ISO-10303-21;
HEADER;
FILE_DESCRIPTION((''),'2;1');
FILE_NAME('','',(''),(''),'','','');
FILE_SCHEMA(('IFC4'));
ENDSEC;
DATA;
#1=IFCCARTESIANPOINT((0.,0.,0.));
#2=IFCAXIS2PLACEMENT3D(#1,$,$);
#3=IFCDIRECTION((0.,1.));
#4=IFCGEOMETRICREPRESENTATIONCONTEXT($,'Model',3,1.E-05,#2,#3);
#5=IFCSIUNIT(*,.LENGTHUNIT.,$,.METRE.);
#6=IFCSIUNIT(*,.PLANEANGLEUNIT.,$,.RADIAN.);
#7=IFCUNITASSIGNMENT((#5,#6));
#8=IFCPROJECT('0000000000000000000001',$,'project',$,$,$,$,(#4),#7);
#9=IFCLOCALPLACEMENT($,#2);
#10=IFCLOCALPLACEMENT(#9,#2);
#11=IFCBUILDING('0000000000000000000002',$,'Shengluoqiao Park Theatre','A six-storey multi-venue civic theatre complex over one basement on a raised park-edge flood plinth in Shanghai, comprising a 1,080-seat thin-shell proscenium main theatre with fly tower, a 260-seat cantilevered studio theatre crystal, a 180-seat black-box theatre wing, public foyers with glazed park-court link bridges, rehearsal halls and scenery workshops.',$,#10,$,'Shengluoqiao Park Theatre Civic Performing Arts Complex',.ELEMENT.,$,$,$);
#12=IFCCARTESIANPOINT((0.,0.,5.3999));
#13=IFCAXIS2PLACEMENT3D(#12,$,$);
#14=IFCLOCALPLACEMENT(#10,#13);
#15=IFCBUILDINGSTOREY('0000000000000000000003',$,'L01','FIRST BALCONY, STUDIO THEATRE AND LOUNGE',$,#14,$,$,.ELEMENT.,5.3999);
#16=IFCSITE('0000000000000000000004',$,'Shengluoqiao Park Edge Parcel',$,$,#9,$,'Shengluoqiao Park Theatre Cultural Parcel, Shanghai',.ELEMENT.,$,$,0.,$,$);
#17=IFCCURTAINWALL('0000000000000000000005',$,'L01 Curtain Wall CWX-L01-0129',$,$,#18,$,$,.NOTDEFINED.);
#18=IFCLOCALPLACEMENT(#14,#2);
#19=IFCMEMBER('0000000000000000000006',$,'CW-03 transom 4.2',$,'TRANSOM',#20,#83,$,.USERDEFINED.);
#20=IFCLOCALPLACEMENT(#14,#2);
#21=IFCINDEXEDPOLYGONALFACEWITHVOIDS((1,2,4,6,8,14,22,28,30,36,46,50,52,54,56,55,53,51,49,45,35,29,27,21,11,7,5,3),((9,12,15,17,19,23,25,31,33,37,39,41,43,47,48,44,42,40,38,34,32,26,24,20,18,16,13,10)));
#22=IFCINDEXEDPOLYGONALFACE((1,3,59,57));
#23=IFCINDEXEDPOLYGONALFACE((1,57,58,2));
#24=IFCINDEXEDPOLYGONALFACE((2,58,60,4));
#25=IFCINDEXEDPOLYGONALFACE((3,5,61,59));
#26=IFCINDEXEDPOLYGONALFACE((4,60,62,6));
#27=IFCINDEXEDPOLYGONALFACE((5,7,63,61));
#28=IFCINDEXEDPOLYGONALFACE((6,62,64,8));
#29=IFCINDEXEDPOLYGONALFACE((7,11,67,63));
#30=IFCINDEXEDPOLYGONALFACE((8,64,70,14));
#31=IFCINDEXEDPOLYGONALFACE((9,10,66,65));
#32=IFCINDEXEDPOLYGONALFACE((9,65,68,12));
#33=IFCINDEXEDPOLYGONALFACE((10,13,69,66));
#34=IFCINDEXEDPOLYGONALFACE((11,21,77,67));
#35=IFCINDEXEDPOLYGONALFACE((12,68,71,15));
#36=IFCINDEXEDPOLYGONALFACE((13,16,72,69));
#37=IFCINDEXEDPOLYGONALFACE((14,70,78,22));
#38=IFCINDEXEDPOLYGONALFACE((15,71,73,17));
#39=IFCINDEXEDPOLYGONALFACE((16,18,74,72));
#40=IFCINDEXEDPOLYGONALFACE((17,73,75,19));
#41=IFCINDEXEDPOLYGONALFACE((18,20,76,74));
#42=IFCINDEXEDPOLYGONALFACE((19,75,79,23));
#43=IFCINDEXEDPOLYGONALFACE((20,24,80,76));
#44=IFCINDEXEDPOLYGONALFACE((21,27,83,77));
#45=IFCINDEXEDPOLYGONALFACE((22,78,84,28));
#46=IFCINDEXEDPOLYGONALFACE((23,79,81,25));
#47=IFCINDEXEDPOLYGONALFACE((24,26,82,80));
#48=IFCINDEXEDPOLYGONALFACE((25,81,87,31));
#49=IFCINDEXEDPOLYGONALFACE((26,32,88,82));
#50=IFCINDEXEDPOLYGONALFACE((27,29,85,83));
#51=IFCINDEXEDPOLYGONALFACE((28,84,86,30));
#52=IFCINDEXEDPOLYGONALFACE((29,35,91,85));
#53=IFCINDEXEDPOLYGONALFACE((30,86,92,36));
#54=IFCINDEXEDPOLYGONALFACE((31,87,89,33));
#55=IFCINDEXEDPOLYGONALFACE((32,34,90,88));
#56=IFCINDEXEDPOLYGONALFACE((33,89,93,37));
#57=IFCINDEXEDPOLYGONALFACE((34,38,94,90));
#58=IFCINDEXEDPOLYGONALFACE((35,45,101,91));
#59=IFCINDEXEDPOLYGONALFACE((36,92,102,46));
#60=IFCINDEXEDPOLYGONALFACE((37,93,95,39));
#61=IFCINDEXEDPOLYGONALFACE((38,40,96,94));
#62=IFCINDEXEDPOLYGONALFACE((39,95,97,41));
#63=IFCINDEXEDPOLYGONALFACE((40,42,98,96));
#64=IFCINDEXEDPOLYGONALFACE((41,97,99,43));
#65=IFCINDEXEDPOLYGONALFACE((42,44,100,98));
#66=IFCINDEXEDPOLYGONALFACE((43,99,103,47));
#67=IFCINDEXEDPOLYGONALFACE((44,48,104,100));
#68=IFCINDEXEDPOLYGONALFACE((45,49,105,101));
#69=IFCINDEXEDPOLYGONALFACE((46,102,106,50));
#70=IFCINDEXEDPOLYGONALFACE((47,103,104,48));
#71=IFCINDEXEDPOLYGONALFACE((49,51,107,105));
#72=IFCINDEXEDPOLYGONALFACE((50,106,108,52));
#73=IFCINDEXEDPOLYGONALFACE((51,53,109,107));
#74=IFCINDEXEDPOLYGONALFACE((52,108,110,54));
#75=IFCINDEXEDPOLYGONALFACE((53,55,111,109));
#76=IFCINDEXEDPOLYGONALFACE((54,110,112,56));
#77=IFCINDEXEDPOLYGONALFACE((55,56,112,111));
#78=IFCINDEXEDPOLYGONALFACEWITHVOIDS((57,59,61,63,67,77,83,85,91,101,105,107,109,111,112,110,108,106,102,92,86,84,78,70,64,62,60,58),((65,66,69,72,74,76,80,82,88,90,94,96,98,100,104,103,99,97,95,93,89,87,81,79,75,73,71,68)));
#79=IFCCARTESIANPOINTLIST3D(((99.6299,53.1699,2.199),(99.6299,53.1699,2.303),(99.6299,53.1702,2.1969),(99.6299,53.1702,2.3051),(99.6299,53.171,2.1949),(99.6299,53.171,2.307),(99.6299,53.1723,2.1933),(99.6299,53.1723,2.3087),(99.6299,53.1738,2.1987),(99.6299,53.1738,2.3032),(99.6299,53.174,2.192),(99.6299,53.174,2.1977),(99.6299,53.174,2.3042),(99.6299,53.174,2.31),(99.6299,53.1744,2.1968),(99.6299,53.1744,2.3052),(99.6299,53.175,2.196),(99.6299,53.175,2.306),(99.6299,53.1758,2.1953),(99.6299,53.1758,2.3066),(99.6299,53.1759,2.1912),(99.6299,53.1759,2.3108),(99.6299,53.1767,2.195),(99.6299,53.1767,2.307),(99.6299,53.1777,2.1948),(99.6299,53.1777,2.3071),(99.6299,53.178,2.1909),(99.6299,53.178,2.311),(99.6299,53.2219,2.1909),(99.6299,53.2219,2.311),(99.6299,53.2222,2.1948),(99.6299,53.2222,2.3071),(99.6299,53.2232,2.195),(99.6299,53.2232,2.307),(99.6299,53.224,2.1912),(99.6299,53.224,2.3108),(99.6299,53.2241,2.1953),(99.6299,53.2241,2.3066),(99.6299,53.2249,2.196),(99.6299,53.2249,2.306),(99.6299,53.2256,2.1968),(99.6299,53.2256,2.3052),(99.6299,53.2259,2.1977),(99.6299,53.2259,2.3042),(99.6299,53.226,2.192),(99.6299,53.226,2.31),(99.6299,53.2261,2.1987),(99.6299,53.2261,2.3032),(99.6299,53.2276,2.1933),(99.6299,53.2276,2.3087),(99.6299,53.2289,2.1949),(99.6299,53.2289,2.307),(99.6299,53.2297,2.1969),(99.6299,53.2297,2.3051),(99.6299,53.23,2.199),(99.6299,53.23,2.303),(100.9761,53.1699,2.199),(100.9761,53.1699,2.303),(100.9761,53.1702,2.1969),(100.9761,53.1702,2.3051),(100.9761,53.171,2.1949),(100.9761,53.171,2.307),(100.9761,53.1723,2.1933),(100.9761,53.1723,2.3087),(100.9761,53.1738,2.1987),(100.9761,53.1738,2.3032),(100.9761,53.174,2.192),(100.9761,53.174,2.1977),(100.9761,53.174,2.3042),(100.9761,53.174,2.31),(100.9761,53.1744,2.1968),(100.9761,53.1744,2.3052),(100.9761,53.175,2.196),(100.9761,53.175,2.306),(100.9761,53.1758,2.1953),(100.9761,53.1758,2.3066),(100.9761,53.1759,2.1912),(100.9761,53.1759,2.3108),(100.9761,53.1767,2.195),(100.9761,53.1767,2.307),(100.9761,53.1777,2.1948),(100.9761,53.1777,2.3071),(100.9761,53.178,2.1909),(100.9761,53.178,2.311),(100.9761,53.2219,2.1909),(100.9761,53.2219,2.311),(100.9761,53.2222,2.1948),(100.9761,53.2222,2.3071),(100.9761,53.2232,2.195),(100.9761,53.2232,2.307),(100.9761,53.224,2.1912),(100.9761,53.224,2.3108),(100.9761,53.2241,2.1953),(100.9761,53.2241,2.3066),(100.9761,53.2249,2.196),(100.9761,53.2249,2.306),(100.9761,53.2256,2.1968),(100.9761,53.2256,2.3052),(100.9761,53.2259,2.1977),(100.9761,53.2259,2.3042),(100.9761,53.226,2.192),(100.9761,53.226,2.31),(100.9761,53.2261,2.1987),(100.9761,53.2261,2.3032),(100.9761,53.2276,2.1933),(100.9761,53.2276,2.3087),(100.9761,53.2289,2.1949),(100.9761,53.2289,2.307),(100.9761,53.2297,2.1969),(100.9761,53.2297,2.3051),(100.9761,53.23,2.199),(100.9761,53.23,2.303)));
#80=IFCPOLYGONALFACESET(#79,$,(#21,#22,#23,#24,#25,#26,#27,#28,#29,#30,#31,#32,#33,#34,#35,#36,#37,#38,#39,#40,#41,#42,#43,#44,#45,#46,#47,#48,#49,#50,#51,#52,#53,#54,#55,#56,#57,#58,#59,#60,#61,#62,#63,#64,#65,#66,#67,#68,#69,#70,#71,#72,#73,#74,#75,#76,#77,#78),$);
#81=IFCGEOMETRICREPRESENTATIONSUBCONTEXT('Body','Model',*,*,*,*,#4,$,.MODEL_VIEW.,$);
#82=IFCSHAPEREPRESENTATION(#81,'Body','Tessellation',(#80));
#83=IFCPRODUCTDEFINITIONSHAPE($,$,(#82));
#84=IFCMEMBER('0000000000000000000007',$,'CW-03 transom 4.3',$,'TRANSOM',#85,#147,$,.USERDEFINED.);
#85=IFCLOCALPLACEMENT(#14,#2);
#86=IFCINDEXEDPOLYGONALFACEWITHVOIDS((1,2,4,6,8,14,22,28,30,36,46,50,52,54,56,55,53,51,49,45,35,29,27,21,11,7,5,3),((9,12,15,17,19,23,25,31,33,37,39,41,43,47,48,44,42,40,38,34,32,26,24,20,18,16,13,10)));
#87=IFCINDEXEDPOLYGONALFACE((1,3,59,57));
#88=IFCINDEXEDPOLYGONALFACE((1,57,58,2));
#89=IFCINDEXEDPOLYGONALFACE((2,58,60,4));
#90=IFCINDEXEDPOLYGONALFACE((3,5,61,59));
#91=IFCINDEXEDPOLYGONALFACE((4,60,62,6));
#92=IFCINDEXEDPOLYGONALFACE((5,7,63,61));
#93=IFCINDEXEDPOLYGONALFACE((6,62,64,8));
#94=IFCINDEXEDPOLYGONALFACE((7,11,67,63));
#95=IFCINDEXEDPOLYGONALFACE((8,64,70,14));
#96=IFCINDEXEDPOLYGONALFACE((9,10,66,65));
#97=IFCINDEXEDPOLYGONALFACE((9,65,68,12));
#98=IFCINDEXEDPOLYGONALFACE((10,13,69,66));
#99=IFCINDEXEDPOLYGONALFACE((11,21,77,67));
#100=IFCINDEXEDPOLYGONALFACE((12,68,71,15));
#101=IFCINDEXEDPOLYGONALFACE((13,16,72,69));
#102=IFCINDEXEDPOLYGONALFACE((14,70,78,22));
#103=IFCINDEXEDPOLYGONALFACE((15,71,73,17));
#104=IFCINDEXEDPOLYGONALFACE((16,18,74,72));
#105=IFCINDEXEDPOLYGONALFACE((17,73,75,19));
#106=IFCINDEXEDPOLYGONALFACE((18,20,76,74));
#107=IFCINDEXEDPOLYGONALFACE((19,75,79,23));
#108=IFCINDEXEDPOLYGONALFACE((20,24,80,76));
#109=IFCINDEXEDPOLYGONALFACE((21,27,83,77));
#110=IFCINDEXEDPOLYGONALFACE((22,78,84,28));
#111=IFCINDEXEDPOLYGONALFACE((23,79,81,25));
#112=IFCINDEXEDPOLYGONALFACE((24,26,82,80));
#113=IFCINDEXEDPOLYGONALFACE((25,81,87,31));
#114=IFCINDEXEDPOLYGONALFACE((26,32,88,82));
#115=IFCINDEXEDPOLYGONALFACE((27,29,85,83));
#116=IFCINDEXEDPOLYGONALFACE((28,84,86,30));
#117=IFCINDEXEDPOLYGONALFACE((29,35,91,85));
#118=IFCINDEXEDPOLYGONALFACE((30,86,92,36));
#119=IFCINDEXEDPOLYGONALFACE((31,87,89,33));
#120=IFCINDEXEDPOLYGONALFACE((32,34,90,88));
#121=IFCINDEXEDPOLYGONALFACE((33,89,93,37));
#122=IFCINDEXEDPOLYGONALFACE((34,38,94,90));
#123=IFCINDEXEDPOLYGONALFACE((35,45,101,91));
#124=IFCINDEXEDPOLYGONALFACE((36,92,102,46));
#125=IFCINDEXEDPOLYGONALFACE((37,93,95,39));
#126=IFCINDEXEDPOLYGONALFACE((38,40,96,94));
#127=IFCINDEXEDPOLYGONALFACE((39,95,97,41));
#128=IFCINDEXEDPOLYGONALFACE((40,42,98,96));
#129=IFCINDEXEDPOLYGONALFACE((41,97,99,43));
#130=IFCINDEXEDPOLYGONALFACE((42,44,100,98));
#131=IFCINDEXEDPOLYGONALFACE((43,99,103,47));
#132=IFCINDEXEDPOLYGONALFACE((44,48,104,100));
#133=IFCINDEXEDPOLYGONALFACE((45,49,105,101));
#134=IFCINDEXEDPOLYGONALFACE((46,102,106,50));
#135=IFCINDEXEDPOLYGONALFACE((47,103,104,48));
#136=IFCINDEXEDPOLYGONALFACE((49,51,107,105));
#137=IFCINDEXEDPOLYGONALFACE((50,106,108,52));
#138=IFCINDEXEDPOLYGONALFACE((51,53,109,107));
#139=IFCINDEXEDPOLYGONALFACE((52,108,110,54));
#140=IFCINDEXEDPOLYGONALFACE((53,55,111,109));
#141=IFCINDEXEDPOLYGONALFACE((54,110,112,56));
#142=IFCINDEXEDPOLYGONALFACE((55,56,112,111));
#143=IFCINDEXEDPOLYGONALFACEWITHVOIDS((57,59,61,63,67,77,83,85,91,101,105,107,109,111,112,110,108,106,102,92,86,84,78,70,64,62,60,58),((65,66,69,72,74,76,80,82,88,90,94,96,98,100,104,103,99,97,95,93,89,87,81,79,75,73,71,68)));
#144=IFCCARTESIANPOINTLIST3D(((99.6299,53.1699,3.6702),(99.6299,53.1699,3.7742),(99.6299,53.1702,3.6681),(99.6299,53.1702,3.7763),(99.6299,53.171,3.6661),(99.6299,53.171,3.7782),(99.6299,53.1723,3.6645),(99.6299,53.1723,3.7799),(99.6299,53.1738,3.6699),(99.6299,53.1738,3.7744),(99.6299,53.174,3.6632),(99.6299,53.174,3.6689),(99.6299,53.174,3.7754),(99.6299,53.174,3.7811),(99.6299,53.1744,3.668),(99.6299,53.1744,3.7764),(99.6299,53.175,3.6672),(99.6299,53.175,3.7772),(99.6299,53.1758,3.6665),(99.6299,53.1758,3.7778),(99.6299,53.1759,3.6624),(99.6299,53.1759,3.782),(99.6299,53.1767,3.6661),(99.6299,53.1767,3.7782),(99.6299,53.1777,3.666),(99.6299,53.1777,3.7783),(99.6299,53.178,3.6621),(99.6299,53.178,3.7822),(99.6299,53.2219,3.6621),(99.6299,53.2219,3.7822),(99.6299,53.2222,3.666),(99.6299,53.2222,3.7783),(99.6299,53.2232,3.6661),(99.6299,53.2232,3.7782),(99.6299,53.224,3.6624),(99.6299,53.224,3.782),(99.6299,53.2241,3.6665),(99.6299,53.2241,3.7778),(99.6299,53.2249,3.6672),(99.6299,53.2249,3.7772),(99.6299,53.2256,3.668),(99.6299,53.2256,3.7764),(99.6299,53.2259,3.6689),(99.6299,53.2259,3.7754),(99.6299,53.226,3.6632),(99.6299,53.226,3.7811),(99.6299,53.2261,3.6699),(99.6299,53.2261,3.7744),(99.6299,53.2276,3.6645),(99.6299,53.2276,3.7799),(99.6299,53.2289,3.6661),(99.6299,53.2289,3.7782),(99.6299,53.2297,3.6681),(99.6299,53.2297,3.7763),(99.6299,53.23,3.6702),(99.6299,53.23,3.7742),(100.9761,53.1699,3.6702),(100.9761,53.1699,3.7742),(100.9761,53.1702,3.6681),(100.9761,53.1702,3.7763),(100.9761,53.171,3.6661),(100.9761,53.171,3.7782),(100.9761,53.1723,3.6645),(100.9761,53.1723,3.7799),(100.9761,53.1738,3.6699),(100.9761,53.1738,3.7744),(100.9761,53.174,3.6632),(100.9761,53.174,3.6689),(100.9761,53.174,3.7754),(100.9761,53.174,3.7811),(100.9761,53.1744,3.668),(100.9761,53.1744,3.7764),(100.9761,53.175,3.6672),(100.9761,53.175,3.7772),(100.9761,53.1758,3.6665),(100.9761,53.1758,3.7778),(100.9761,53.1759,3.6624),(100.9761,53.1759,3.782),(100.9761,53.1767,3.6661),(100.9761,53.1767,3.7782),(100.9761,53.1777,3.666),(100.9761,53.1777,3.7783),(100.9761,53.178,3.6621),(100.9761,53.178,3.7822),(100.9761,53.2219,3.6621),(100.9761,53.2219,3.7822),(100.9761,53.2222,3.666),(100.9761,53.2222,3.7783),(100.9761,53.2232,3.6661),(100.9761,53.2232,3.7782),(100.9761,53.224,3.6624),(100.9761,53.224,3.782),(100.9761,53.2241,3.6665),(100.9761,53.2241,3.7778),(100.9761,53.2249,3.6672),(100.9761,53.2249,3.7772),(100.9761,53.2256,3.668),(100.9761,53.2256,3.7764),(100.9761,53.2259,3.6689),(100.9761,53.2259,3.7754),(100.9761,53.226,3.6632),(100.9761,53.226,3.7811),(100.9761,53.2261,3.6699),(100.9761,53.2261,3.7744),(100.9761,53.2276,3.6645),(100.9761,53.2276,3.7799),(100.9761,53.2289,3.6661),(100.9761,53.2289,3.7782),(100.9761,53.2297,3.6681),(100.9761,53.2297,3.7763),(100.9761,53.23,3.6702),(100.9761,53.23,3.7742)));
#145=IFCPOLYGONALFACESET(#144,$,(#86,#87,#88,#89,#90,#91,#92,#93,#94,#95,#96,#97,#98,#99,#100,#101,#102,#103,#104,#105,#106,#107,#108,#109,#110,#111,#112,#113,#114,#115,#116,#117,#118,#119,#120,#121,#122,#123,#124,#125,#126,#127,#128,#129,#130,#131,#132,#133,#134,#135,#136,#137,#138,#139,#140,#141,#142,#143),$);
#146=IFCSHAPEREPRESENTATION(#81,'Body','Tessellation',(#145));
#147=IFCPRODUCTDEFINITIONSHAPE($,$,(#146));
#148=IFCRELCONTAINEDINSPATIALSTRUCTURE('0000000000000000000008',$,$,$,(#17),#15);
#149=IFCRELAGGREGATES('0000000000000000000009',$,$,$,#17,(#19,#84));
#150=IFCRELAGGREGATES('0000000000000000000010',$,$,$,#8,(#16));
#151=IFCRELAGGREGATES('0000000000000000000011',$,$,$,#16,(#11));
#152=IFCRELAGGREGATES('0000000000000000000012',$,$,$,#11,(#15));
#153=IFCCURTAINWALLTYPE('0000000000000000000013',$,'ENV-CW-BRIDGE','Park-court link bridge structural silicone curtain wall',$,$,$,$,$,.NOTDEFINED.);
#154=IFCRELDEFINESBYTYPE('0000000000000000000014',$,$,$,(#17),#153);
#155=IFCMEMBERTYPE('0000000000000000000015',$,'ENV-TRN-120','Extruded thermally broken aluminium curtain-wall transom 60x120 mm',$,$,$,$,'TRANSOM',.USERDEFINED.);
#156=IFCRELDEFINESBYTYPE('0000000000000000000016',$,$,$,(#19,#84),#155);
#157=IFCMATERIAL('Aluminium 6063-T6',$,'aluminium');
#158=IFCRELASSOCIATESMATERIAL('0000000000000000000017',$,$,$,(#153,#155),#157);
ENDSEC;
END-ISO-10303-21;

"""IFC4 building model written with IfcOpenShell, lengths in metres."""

from ifc_helpers import new_model, si_unit, direction, frame, origin, origin_2d, place, context, subcontext, project, spatial, hollow_rectangle, extrude, material, material_profile, profile_set, type_object, element, aggregate, save


model = new_model("IFC4")

# Units and contexts
model_context = context("Model", 3, precision=1e-05, world=origin(), true_north=direction((0.0, 1.0)))
body_context = subcontext(model_context, "Body", "Model", "MODEL_VIEW")
ifc_project = project(units=[si_unit("LENGTHUNIT", "METRE"), si_unit("PLANEANGLEUNIT", "RADIAN")], contexts=[model_context])

# Site, building, storey
site_placement = place(None, origin())
site = spatial("IfcSite", under=ifc_project, at=site_placement, Name="Shengluoqiao Park Edge Parcel", LongName="Shengluoqiao Park Theatre Cultural Parcel, Shanghai", CompositionType="ELEMENT", RefElevation=0.0)
building_placement = place(site_placement, origin())
building = spatial("IfcBuilding", under=site, at=building_placement, Name="Shengluoqiao Park Theatre", Description="A six-storey multi-venue civic theatre complex over one basement on a raised park-edge flood plinth in Shanghai, comprising a 1,080-seat thin-shell proscenium main theatre with fly tower, a 260-seat cantilevered studio theatre crystal, a 180-seat black-box theatre wing, public foyers with glazed park-court link bridges, rehearsal halls and scenery workshops.", LongName="Shengluoqiao Park Theatre Civic Performing Arts Complex", CompositionType="ELEMENT")
storey_placement = place(building_placement, frame((0.0, 0.0, 5.3999)))
storey = spatial("IfcBuildingStorey", under=building, at=storey_placement, Name="L01", Description="FIRST BALCONY, STUDIO THEATRE AND LOUNGE", CompositionType="ELEMENT", Elevation=5.3999)

# Curtain wall, members
ifc_material_1 = material(Name="Aluminium 6063-T6", Category="aluminium")
curtain_wall_type = type_object("IfcCurtainWallType", Name="ENV-CW-BRIDGE", Description="Park-court link bridge structural silicone curtain wall", PredefinedType="NOTDEFINED", material=ifc_material_1)
curtain_wall_placement = place(storey_placement, origin())
curtain_wall = element("IfcCurtainWall", 1, at=curtain_wall_placement, inside=storey, type_object=curtain_wall_type, Name="L01 Curtain Wall CWX-L01-0129", PredefinedType="NOTDEFINED")
ifc_material_profile_1 = material_profile(ifc_material_1, hollow_rectangle(XDim=0.0601, YDim=0.1201, WallThickness=0.0039, InnerFilletRadius=0.0039, OuterFilletRadius=0.0081, at=origin_2d()), Name="ALU TRANSOM 120x60x4")
ifc_profile_set_1 = profile_set([ifc_material_profile_1], Name="Aluminium 6063-T6")
member_type_1 = type_object("IfcMemberType", Name="ENV-TRN-120", Description="Extruded thermally broken aluminium curtain-wall transom 60x120 mm", ElementType="TRANSOM", PredefinedType="USERDEFINED", material=ifc_profile_set_1)
member_1_placement = place(storey_placement, frame((99.6299, 53.2, 2.251), z_axis=(1.0, 0.0, 0.0), x_axis=(0.0, 1.0, 0.0)))
member_1 = element("IfcMember", 2, at=member_1_placement, type_object=member_type_1, Name="CW-03 transom 4.2", ObjectType="TRANSOM", PredefinedType="USERDEFINED", context=body_context, shape_type="SweptSolid", body=[
    extrude(hollow_rectangle(XDim=0.0601, YDim=0.1201, WallThickness=0.0039, InnerFilletRadius=0.0039, OuterFilletRadius=0.0081, at=origin_2d()), origin(), (0.0, 0.0, 1.0), 1.3462),
])
member_2_placement = place(storey_placement, frame((99.6299, 53.2, 3.7222), z_axis=(1.0, 0.0, 0.0), x_axis=(0.0, 1.0, 0.0)))
member_2 = element("IfcMember", 3, at=member_2_placement, type_object=member_type_1, Name="CW-03 transom 4.3", ObjectType="TRANSOM", PredefinedType="USERDEFINED", context=body_context, shape_type="SweptSolid", body=[
    extrude(hollow_rectangle(XDim=0.0601, YDim=0.1201, WallThickness=0.0039, InnerFilletRadius=0.0039, OuterFilletRadius=0.0081, at=origin_2d()), origin(), (0.0, 0.0, 1.0), 1.3462),
])

aggregate(curtain_wall, [member_1, member_2])

save(model, "model.ifc")
